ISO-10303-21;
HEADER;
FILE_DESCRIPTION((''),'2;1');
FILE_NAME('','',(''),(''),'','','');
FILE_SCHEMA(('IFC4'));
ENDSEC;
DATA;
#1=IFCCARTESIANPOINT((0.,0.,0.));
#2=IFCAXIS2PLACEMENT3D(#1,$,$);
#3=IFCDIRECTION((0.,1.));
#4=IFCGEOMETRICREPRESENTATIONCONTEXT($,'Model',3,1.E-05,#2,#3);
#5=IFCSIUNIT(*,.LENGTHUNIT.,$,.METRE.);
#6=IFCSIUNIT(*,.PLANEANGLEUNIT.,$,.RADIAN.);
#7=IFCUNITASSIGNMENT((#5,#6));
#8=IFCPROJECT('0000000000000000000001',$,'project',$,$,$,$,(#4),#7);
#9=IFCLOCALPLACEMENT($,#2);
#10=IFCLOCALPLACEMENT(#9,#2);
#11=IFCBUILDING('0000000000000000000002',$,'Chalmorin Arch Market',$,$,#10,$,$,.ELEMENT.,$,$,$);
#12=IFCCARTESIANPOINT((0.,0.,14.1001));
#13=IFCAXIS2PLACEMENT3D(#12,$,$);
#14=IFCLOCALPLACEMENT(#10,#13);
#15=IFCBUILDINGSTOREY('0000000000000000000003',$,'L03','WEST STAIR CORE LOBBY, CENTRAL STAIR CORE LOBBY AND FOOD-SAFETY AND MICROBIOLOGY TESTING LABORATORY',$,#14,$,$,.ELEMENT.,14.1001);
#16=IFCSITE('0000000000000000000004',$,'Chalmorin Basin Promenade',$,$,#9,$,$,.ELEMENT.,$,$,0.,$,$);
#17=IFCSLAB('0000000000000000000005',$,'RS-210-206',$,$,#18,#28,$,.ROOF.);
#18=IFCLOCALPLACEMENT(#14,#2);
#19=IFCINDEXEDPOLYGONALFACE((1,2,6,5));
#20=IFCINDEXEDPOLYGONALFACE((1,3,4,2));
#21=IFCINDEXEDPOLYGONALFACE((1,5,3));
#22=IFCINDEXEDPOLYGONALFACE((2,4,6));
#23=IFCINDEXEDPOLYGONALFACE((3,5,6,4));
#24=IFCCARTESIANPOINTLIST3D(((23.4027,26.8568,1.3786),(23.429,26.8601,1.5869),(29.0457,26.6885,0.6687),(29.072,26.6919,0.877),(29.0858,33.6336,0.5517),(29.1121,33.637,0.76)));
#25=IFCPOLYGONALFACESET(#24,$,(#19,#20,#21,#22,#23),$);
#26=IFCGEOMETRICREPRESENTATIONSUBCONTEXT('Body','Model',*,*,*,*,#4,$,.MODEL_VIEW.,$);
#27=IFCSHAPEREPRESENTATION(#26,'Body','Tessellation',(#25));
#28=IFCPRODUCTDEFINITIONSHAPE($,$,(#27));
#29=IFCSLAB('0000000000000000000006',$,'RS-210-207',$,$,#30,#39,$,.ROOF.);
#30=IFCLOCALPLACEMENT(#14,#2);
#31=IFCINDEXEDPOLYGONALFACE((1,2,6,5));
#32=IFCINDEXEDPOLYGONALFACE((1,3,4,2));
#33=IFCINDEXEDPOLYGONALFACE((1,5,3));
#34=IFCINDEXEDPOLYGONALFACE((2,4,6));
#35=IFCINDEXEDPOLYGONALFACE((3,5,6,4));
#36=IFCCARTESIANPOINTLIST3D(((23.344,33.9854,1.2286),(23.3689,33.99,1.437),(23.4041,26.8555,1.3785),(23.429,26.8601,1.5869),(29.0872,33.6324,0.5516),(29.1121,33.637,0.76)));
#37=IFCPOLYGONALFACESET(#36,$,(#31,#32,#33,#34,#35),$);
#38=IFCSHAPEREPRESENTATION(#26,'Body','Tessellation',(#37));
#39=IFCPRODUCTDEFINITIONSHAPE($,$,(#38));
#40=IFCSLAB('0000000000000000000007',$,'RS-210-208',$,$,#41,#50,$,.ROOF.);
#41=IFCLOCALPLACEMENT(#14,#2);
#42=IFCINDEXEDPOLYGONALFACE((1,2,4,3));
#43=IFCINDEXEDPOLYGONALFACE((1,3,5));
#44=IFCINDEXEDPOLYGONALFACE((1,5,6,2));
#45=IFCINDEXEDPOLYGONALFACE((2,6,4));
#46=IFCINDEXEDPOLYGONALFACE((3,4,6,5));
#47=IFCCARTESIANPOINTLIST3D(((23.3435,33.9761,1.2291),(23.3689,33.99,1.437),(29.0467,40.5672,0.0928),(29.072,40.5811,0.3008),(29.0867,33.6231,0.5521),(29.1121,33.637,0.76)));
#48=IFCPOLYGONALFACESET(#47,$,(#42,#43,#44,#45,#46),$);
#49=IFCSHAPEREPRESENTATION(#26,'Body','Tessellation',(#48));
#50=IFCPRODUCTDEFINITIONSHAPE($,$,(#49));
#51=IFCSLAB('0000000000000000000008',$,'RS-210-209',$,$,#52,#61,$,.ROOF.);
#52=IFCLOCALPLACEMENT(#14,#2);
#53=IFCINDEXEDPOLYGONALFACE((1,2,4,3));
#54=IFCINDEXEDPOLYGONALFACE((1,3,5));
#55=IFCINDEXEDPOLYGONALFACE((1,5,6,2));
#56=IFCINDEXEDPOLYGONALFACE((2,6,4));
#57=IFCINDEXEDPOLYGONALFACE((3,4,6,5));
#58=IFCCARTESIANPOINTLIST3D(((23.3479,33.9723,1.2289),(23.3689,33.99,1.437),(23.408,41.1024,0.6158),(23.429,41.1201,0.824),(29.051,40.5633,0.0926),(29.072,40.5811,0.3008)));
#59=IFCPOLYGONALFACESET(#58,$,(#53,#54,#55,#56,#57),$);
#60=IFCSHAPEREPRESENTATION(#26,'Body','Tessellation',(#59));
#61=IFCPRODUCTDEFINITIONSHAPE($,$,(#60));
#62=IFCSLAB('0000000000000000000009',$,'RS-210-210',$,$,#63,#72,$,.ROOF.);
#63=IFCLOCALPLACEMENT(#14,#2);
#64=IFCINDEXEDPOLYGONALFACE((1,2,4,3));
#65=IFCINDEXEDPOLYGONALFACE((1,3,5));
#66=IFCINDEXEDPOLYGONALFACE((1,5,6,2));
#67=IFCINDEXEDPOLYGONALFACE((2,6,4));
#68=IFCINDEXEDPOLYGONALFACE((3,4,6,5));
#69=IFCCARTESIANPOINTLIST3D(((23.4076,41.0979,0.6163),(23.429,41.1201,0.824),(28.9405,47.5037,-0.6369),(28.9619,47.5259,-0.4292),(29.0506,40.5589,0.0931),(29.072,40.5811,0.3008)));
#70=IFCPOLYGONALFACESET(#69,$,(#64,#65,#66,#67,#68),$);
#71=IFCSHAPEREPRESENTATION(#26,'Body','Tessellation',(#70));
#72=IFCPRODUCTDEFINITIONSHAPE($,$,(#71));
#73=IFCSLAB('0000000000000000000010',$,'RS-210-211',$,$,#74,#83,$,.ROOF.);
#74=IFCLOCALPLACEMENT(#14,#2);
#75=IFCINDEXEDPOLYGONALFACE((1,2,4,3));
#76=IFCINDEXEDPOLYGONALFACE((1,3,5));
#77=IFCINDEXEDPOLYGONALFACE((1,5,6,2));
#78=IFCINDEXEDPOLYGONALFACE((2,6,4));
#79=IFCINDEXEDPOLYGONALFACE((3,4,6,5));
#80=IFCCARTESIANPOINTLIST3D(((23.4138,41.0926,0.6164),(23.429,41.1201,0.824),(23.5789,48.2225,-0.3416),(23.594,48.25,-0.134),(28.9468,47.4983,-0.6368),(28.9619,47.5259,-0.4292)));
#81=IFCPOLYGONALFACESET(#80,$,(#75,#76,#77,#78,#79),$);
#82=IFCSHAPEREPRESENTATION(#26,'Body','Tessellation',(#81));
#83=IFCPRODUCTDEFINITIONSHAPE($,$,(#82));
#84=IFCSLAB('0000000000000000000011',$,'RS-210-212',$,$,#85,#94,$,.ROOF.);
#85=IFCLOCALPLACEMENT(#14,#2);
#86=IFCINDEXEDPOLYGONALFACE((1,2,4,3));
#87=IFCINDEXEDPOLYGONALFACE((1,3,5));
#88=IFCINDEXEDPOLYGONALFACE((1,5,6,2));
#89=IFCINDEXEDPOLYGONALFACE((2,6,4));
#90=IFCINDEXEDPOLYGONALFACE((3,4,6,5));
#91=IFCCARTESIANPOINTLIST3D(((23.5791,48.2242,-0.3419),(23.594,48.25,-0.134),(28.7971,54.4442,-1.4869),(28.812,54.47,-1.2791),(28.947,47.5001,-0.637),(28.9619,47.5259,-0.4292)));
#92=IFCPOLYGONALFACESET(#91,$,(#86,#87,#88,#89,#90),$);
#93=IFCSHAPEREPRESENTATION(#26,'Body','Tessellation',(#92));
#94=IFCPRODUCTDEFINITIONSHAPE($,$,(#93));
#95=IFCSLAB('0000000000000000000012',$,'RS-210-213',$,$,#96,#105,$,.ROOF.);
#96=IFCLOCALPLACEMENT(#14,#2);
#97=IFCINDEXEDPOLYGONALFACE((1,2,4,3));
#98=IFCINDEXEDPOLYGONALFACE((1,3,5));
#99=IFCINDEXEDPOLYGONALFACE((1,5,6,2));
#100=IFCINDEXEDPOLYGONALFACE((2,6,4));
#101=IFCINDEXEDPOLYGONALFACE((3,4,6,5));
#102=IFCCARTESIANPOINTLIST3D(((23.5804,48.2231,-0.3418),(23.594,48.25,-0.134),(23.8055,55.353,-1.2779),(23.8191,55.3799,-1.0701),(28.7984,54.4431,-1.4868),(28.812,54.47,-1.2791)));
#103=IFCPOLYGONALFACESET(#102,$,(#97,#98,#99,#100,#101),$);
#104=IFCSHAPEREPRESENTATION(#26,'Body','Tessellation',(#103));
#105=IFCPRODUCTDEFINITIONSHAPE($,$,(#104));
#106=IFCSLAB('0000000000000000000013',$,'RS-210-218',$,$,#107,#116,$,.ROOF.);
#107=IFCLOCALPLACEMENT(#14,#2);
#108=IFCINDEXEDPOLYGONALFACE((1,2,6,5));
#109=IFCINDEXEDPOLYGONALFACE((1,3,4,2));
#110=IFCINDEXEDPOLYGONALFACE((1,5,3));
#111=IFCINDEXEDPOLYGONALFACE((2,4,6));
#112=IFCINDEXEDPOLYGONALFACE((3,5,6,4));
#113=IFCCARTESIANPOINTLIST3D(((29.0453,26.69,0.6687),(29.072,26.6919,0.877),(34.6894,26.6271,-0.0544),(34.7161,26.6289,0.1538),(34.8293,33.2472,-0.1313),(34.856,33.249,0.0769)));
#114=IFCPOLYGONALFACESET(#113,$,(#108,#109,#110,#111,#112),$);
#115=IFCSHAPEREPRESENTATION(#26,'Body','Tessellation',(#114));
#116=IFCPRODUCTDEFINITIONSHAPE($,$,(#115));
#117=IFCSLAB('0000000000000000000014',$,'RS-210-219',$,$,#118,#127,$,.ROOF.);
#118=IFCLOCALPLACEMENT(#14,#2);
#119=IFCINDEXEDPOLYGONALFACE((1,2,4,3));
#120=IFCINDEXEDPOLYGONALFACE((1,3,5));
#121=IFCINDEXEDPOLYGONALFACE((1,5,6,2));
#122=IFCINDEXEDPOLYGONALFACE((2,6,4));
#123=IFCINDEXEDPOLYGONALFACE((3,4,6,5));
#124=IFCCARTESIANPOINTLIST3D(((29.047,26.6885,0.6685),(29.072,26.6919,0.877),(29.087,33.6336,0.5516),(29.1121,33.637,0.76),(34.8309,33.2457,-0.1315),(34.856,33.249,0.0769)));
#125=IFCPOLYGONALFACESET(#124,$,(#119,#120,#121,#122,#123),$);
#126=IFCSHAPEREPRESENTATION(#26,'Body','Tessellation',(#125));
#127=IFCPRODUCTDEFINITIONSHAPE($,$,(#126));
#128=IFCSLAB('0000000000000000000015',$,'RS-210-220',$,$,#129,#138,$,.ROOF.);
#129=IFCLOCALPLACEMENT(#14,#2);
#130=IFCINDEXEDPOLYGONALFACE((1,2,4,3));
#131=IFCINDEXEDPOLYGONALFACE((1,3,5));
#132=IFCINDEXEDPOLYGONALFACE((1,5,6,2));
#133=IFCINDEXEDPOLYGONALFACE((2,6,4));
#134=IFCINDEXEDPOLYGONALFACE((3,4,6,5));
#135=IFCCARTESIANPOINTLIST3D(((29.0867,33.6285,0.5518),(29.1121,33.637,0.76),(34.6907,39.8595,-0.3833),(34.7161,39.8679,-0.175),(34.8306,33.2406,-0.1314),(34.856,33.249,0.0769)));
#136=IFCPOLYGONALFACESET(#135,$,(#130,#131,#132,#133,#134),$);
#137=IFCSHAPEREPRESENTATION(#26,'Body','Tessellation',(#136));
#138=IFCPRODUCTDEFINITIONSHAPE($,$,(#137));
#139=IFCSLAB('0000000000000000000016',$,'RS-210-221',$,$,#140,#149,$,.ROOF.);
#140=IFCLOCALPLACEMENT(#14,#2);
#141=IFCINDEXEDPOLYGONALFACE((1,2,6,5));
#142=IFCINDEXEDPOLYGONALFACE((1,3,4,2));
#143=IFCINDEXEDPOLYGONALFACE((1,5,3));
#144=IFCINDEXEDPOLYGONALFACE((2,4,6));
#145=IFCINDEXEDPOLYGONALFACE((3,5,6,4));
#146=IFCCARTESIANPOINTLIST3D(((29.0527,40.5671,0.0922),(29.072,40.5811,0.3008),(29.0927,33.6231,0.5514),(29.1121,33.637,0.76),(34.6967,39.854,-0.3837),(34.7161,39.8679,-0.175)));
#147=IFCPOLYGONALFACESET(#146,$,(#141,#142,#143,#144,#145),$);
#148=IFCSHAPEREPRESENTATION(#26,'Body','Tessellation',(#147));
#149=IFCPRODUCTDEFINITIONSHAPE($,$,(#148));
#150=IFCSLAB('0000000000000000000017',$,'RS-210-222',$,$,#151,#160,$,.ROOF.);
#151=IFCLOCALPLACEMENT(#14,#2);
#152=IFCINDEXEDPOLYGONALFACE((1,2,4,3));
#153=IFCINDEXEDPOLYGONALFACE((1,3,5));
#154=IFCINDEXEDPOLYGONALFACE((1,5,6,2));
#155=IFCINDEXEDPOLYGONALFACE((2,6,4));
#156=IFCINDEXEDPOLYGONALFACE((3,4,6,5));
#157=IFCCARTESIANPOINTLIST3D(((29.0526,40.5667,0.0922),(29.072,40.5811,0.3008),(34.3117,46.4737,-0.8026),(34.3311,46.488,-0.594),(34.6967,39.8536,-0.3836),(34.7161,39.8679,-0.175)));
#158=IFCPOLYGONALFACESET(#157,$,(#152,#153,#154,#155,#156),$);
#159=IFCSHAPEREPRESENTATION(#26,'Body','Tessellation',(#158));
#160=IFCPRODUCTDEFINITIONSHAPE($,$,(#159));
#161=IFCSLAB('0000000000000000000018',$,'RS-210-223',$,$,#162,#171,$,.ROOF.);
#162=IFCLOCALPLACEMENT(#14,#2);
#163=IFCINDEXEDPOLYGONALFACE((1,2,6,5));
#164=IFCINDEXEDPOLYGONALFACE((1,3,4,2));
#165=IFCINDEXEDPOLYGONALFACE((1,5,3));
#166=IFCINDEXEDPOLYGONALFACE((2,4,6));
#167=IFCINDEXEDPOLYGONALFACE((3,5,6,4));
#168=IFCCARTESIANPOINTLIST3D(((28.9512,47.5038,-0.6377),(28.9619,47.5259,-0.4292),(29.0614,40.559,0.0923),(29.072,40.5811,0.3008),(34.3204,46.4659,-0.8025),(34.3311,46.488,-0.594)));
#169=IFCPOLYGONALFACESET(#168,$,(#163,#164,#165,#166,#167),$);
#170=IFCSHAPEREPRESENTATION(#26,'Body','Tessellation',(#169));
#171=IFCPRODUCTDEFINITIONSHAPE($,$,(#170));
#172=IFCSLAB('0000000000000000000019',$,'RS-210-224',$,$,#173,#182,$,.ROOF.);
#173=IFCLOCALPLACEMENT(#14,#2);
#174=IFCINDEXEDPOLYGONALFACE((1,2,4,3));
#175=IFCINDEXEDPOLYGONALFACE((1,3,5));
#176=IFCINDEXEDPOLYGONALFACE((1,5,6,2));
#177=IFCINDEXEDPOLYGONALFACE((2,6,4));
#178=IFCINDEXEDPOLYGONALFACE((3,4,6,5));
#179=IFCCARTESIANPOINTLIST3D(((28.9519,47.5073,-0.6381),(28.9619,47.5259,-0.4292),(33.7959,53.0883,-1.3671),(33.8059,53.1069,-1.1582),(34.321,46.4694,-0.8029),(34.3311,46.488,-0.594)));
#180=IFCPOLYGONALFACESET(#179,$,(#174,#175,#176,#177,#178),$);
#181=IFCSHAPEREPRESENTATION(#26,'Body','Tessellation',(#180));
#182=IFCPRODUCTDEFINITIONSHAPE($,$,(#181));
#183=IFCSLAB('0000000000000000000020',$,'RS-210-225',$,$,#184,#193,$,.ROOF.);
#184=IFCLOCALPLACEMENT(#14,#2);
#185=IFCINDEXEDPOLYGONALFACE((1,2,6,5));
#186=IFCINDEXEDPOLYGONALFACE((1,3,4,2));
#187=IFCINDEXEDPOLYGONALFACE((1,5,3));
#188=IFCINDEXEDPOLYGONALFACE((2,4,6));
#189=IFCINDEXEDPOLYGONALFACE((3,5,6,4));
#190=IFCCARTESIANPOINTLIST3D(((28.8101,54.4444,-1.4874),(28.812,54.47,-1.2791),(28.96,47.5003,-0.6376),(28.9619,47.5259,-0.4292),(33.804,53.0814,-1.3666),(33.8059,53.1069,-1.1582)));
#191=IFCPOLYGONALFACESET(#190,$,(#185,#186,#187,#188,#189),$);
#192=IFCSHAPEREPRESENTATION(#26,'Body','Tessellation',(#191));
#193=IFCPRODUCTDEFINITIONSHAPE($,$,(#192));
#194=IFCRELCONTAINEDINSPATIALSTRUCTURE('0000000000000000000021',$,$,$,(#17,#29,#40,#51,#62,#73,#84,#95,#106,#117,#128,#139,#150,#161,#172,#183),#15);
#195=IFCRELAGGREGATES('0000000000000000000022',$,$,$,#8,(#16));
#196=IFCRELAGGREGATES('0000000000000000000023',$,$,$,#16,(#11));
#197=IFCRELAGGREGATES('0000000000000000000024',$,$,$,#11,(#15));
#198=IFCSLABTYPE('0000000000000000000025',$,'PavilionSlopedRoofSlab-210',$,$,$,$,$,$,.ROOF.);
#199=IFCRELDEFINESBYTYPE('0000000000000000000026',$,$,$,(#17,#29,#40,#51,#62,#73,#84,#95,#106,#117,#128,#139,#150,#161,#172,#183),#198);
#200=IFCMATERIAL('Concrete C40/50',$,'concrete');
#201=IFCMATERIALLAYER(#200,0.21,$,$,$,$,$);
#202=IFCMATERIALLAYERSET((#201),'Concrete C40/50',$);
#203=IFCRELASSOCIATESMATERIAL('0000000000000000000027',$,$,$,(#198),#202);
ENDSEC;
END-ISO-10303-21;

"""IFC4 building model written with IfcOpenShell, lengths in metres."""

from ifc_helpers import new_model, si_unit, direction, frame, origin, place, context, subcontext, project, spatial, polyline, outline, extrude, material, layer, layer_set, type_object, element, save


model = new_model("IFC4")

# Units and contexts
model_context = context("Model", 3, precision=1e-05, world=origin(), true_north=direction((0.0, 1.0)))
body_context = subcontext(model_context, "Body", "Model", "MODEL_VIEW")
ifc_project = project(units=[si_unit("LENGTHUNIT", "METRE"), si_unit("PLANEANGLEUNIT", "RADIAN")], contexts=[model_context])

# Site, building, storey
site_placement = place(None, origin())
site = spatial("IfcSite", under=ifc_project, at=site_placement, Name="Chalmorin Basin Promenade", CompositionType="ELEMENT", RefElevation=0.0)
building_placement = place(site_placement, origin())
building = spatial("IfcBuilding", under=site, at=building_placement, Name="Chalmorin Arch Market", CompositionType="ELEMENT")
storey_placement = place(building_placement, frame((0.0, 0.0, 14.1001)))
storey = spatial("IfcBuildingStorey", under=building, at=storey_placement, Name="L03", Description="WEST STAIR CORE LOBBY, CENTRAL STAIR CORE LOBBY AND FOOD-SAFETY AND MICROBIOLOGY TESTING LABORATORY", CompositionType="ELEMENT", Elevation=14.1001)

# Slabs
ifc_material = material(Name="Concrete C40/50", Category="concrete")
ifc_layer = layer(ifc_material, 0.21)
ifc_layer_set = layer_set([ifc_layer], Name="Concrete C40/50")
slab_type = type_object("IfcSlabType", Name="PavilionSlopedRoofSlab-210", PredefinedType="ROOF", material=ifc_layer_set)
slab_1_placement = place(storey_placement, frame((23.429, 26.8601, 1.5869), z_axis=(0.12528, 0.015981, 0.991993), x_axis=(0.991745, -0.029563, -0.124773)))
element("IfcSlab", 1, at=slab_1_placement, inside=storey, type_object=slab_type, Name="RS-210-206", PredefinedType="ROOF", context=body_context, shape_type="SweptSolid", body=[
    extrude(outline(polyline([(0.0, 0.0), (5.69, 0.0), (5.539, 6.9445), (0.0, 0.0)])), origin(), (0.0, 0.0, -1.0), 0.21),
])
slab_2_placement = place(storey_placement, frame((23.429, 26.8601, 1.5869), z_axis=(0.118367, 0.021869, 0.992729), x_axis=(0.639775, 0.762904, -0.093089)))
element("IfcSlab", 2, at=slab_2_placement, inside=storey, type_object=slab_type, Name="RS-210-207", PredefinedType="ROOF", context=body_context, shape_type="SweptSolid", body=[
    extrude(outline(polyline([(0.0, 0.0), (8.883, 0.0), (5.4149, 4.6411), (0.0, 0.0)])), origin(), (0.0, 0.0, -1.0), 0.21),
])
slab_3_placement = place(storey_placement, frame((23.3689, 33.99, 1.437), z_axis=(0.120825, 0.066198, 0.990464), x_axis=(0.991278, -0.060933, -0.116852)))
element("IfcSlab", 3, at=slab_3_placement, inside=storey, type_object=slab_type, Name="RS-210-208", PredefinedType="ROOF", context=body_context, shape_type="SweptSolid", body=[
    extrude(outline(polyline([(0.0, 0.0), (5.7937, 0.0), (5.3845, 6.9473), (0.0, 0.0)])), origin(), (0.0, 0.0, -1.0), 0.21),
])
slab_4_placement = place(storey_placement, frame((23.3689, 33.99, 1.437), z_axis=(0.09998, 0.084397, 0.991404), x_axis=(0.648842, 0.749862, -0.129268)))
element("IfcSlab", 4, at=slab_4_placement, inside=storey, type_object=slab_type, Name="RS-210-209", PredefinedType="ROOF", context=body_context, shape_type="SweptSolid", body=[
    extrude(outline(polyline([(0.0, 0.0), (8.7897, 0.0), (5.4648, 4.621), (0.0, 0.0)])), origin(), (0.0, 0.0, -1.0), 0.21),
])
slab_5_placement = place(storey_placement, frame((23.429, 41.1201, 0.824), z_axis=(0.101798, 0.105589, 0.989186), x_axis=(0.991255, -0.094691, -0.091904)))
element("IfcSlab", 5, at=slab_5_placement, inside=storey, type_object=slab_type, Name="RS-210-210", PredefinedType="ROOF", context=body_context, shape_type="SweptSolid", body=[
    extrude(outline(polyline([(0.0, 0.0), (5.6928, 0.0), (4.9932, 6.9488), (0.0, 0.0)])), origin(), (0.0, 0.0, -1.0), 0.21),
])
slab_6_placement = place(storey_placement, frame((23.429, 41.1201, 0.824), z_axis=(0.072064, 0.131183, 0.988735), x_axis=(0.64662, 0.748621, -0.146455)))
element("IfcSlab", 6, at=slab_6_placement, inside=storey, type_object=slab_type, Name="RS-210-211", PredefinedType="ROOF", context=body_context, shape_type="SweptSolid", body=[
    extrude(outline(polyline([(0.0, 0.0), (8.5567, 0.0), (5.5846, 4.5379), (0.0, 0.0)])), origin(), (0.0, 0.0, -1.0), 0.21),
])
slab_7_placement = place(storey_placement, frame((23.594, 48.25, -0.134), z_axis=(0.070981, 0.122682, 0.989904), x_axis=(0.989555, -0.133489, -0.054413)))
element("IfcSlab", 7, at=slab_7_placement, inside=storey, type_object=slab_type, Name="RS-210-212", PredefinedType="ROOF", context=body_context, shape_type="SweptSolid", body=[
    extrude(outline(polyline([(0.0, 0.0), (5.4246, 0.0), (4.3955, 6.9214), (0.0, 0.0)])), origin(), (0.0, 0.0, -1.0), 0.21),
])
slab_8_placement = place(storey_placement, frame((23.594, 48.25, -0.134), z_axis=(0.06473, 0.127884, 0.989675), x_axis=(0.636406, 0.758607, -0.13965)))
element("IfcSlab", 8, at=slab_8_placement, inside=storey, type_object=slab_type, Name="RS-210-213", PredefinedType="ROOF", context=body_context, shape_type="SweptSolid", body=[
    extrude(outline(polyline([(0.0, 0.0), (8.1992, 0.0), (5.6828, 4.4123), (0.0, 0.0)])), origin(), (0.0, 0.0, -1.0), 0.21),
])
slab_9_placement = place(storey_placement, frame((29.072, 26.6919, 0.877), z_axis=(0.127178, 0.008835, 0.991841), x_axis=(0.991831, -0.011069, -0.127079)))
element("IfcSlab", 9, at=slab_9_placement, inside=storey, type_object=slab_type, Name="RS-210-218", PredefinedType="ROOF", context=body_context, shape_type="SweptSolid", body=[
    extrude(outline(polyline([(0.0, 0.0), (5.6905, 0.0), (5.7658, 6.6216), (0.0, 0.0)])), origin(), (0.0, 0.0, -1.0), 0.21),
])
slab_10_placement = place(storey_placement, frame((29.072, 26.6919, 0.877), z_axis=(0.119147, 0.016029, 0.992747), x_axis=(0.658756, 0.746818, -0.091121)))
element("IfcSlab", 10, at=slab_10_placement, inside=storey, type_object=slab_type, Name="RS-210-219", PredefinedType="ROOF", context=body_context, shape_type="SweptSolid", body=[
    extrude(outline(polyline([(0.0, 0.0), (8.7801, 0.0), (5.2237, 4.5784), (0.0, 0.0)])), origin(), (0.0, 0.0, -1.0), 0.21),
])
slab_11_placement = place(storey_placement, frame((29.1121, 33.637, 0.76), z_axis=(0.120683, 0.040307, 0.991872), x_axis=(0.990777, -0.066916, -0.11783)))
element("IfcSlab", 11, at=slab_11_placement, inside=storey, type_object=slab_type, Name="RS-210-220", PredefinedType="ROOF", context=body_context, shape_type="SweptSolid", body=[
    extrude(outline(polyline([(0.0, 0.0), (5.7974, 0.0), (5.2455, 6.6021), (0.0, 0.0)])), origin(), (0.0, 0.0, -1.0), 0.21),
])
slab_12_placement = place(storey_placement, frame((29.1121, 33.637, 0.76), z_axis=(0.092131, 0.066236, 0.993541), x_axis=(0.664586, 0.738937, -0.11089)))
element("IfcSlab", 12, at=slab_12_placement, inside=storey, type_object=slab_type, Name="RS-210-221", PredefinedType="ROOF", context=body_context, shape_type="SweptSolid", body=[
    extrude(outline(polyline([(0.0, 0.0), (8.4323, 0.0), (5.1556, 4.6747), (0.0, 0.0)])), origin(), (0.0, 0.0, -1.0), 0.21),
])
slab_13_placement = place(storey_placement, frame((29.072, 40.5811, 0.3008), z_axis=(0.092371, 0.068237, 0.993384), x_axis=(0.98866, -0.124919, -0.083351)))
element("IfcSlab", 13, at=slab_13_placement, inside=storey, type_object=slab_type, Name="RS-210-222", PredefinedType="ROOF", context=body_context, shape_type="SweptSolid", body=[
    extrude(outline(polyline([(0.0, 0.0), (5.7088, 0.0), (4.5361, 6.5402), (0.0, 0.0)])), origin(), (0.0, 0.0, -1.0), 0.21),
])
slab_14_placement = place(storey_placement, frame((29.072, 40.5811, 0.3008), z_axis=(0.050817, 0.105197, 0.993152), x_axis=(0.66074, 0.742148, -0.112419)))
element("IfcSlab", 14, at=slab_14_placement, inside=storey, type_object=slab_type, Name="RS-210-223", PredefinedType="ROOF", context=body_context, shape_type="SweptSolid", body=[
    extrude(outline(polyline([(0.0, 0.0), (7.9593, 0.0), (5.1634, 4.7026), (0.0, 0.0)])), origin(), (0.0, 0.0, -1.0), 0.21),
])
slab_15_placement = place(storey_placement, frame((28.9619, 47.5259, -0.4292), z_axis=(0.047662, 0.088591, 0.994927), x_axis=(0.98138, -0.189698, -0.030121)))
element("IfcSlab", 15, at=slab_15_placement, inside=storey, type_object=slab_type, Name="RS-210-224", PredefinedType="ROOF", context=body_context, shape_type="SweptSolid", body=[
    extrude(outline(polyline([(0.0, 0.0), (5.471, 0.0), (3.717, 6.4286), (0.0, 0.0)])), origin(), (0.0, 0.0, -1.0), 0.21),
])
slab_16_placement = place(storey_placement, frame((28.9619, 47.5259, -0.4292), z_axis=(0.00919, 0.121669, 0.992528), x_axis=(0.652311, 0.751567, -0.098171)))
element("IfcSlab", 16, at=slab_16_placement, inside=storey, type_object=slab_type, Name="RS-210-225", PredefinedType="ROOF", context=body_context, shape_type="SweptSolid", body=[
    extrude(outline(polyline([(0.0, 0.0), (7.4259, 0.0), (5.2046, 4.6773), (0.0, 0.0)])), origin(), (0.0, 0.0, -1.0), 0.21),
])

save(model, "model.ifc")
